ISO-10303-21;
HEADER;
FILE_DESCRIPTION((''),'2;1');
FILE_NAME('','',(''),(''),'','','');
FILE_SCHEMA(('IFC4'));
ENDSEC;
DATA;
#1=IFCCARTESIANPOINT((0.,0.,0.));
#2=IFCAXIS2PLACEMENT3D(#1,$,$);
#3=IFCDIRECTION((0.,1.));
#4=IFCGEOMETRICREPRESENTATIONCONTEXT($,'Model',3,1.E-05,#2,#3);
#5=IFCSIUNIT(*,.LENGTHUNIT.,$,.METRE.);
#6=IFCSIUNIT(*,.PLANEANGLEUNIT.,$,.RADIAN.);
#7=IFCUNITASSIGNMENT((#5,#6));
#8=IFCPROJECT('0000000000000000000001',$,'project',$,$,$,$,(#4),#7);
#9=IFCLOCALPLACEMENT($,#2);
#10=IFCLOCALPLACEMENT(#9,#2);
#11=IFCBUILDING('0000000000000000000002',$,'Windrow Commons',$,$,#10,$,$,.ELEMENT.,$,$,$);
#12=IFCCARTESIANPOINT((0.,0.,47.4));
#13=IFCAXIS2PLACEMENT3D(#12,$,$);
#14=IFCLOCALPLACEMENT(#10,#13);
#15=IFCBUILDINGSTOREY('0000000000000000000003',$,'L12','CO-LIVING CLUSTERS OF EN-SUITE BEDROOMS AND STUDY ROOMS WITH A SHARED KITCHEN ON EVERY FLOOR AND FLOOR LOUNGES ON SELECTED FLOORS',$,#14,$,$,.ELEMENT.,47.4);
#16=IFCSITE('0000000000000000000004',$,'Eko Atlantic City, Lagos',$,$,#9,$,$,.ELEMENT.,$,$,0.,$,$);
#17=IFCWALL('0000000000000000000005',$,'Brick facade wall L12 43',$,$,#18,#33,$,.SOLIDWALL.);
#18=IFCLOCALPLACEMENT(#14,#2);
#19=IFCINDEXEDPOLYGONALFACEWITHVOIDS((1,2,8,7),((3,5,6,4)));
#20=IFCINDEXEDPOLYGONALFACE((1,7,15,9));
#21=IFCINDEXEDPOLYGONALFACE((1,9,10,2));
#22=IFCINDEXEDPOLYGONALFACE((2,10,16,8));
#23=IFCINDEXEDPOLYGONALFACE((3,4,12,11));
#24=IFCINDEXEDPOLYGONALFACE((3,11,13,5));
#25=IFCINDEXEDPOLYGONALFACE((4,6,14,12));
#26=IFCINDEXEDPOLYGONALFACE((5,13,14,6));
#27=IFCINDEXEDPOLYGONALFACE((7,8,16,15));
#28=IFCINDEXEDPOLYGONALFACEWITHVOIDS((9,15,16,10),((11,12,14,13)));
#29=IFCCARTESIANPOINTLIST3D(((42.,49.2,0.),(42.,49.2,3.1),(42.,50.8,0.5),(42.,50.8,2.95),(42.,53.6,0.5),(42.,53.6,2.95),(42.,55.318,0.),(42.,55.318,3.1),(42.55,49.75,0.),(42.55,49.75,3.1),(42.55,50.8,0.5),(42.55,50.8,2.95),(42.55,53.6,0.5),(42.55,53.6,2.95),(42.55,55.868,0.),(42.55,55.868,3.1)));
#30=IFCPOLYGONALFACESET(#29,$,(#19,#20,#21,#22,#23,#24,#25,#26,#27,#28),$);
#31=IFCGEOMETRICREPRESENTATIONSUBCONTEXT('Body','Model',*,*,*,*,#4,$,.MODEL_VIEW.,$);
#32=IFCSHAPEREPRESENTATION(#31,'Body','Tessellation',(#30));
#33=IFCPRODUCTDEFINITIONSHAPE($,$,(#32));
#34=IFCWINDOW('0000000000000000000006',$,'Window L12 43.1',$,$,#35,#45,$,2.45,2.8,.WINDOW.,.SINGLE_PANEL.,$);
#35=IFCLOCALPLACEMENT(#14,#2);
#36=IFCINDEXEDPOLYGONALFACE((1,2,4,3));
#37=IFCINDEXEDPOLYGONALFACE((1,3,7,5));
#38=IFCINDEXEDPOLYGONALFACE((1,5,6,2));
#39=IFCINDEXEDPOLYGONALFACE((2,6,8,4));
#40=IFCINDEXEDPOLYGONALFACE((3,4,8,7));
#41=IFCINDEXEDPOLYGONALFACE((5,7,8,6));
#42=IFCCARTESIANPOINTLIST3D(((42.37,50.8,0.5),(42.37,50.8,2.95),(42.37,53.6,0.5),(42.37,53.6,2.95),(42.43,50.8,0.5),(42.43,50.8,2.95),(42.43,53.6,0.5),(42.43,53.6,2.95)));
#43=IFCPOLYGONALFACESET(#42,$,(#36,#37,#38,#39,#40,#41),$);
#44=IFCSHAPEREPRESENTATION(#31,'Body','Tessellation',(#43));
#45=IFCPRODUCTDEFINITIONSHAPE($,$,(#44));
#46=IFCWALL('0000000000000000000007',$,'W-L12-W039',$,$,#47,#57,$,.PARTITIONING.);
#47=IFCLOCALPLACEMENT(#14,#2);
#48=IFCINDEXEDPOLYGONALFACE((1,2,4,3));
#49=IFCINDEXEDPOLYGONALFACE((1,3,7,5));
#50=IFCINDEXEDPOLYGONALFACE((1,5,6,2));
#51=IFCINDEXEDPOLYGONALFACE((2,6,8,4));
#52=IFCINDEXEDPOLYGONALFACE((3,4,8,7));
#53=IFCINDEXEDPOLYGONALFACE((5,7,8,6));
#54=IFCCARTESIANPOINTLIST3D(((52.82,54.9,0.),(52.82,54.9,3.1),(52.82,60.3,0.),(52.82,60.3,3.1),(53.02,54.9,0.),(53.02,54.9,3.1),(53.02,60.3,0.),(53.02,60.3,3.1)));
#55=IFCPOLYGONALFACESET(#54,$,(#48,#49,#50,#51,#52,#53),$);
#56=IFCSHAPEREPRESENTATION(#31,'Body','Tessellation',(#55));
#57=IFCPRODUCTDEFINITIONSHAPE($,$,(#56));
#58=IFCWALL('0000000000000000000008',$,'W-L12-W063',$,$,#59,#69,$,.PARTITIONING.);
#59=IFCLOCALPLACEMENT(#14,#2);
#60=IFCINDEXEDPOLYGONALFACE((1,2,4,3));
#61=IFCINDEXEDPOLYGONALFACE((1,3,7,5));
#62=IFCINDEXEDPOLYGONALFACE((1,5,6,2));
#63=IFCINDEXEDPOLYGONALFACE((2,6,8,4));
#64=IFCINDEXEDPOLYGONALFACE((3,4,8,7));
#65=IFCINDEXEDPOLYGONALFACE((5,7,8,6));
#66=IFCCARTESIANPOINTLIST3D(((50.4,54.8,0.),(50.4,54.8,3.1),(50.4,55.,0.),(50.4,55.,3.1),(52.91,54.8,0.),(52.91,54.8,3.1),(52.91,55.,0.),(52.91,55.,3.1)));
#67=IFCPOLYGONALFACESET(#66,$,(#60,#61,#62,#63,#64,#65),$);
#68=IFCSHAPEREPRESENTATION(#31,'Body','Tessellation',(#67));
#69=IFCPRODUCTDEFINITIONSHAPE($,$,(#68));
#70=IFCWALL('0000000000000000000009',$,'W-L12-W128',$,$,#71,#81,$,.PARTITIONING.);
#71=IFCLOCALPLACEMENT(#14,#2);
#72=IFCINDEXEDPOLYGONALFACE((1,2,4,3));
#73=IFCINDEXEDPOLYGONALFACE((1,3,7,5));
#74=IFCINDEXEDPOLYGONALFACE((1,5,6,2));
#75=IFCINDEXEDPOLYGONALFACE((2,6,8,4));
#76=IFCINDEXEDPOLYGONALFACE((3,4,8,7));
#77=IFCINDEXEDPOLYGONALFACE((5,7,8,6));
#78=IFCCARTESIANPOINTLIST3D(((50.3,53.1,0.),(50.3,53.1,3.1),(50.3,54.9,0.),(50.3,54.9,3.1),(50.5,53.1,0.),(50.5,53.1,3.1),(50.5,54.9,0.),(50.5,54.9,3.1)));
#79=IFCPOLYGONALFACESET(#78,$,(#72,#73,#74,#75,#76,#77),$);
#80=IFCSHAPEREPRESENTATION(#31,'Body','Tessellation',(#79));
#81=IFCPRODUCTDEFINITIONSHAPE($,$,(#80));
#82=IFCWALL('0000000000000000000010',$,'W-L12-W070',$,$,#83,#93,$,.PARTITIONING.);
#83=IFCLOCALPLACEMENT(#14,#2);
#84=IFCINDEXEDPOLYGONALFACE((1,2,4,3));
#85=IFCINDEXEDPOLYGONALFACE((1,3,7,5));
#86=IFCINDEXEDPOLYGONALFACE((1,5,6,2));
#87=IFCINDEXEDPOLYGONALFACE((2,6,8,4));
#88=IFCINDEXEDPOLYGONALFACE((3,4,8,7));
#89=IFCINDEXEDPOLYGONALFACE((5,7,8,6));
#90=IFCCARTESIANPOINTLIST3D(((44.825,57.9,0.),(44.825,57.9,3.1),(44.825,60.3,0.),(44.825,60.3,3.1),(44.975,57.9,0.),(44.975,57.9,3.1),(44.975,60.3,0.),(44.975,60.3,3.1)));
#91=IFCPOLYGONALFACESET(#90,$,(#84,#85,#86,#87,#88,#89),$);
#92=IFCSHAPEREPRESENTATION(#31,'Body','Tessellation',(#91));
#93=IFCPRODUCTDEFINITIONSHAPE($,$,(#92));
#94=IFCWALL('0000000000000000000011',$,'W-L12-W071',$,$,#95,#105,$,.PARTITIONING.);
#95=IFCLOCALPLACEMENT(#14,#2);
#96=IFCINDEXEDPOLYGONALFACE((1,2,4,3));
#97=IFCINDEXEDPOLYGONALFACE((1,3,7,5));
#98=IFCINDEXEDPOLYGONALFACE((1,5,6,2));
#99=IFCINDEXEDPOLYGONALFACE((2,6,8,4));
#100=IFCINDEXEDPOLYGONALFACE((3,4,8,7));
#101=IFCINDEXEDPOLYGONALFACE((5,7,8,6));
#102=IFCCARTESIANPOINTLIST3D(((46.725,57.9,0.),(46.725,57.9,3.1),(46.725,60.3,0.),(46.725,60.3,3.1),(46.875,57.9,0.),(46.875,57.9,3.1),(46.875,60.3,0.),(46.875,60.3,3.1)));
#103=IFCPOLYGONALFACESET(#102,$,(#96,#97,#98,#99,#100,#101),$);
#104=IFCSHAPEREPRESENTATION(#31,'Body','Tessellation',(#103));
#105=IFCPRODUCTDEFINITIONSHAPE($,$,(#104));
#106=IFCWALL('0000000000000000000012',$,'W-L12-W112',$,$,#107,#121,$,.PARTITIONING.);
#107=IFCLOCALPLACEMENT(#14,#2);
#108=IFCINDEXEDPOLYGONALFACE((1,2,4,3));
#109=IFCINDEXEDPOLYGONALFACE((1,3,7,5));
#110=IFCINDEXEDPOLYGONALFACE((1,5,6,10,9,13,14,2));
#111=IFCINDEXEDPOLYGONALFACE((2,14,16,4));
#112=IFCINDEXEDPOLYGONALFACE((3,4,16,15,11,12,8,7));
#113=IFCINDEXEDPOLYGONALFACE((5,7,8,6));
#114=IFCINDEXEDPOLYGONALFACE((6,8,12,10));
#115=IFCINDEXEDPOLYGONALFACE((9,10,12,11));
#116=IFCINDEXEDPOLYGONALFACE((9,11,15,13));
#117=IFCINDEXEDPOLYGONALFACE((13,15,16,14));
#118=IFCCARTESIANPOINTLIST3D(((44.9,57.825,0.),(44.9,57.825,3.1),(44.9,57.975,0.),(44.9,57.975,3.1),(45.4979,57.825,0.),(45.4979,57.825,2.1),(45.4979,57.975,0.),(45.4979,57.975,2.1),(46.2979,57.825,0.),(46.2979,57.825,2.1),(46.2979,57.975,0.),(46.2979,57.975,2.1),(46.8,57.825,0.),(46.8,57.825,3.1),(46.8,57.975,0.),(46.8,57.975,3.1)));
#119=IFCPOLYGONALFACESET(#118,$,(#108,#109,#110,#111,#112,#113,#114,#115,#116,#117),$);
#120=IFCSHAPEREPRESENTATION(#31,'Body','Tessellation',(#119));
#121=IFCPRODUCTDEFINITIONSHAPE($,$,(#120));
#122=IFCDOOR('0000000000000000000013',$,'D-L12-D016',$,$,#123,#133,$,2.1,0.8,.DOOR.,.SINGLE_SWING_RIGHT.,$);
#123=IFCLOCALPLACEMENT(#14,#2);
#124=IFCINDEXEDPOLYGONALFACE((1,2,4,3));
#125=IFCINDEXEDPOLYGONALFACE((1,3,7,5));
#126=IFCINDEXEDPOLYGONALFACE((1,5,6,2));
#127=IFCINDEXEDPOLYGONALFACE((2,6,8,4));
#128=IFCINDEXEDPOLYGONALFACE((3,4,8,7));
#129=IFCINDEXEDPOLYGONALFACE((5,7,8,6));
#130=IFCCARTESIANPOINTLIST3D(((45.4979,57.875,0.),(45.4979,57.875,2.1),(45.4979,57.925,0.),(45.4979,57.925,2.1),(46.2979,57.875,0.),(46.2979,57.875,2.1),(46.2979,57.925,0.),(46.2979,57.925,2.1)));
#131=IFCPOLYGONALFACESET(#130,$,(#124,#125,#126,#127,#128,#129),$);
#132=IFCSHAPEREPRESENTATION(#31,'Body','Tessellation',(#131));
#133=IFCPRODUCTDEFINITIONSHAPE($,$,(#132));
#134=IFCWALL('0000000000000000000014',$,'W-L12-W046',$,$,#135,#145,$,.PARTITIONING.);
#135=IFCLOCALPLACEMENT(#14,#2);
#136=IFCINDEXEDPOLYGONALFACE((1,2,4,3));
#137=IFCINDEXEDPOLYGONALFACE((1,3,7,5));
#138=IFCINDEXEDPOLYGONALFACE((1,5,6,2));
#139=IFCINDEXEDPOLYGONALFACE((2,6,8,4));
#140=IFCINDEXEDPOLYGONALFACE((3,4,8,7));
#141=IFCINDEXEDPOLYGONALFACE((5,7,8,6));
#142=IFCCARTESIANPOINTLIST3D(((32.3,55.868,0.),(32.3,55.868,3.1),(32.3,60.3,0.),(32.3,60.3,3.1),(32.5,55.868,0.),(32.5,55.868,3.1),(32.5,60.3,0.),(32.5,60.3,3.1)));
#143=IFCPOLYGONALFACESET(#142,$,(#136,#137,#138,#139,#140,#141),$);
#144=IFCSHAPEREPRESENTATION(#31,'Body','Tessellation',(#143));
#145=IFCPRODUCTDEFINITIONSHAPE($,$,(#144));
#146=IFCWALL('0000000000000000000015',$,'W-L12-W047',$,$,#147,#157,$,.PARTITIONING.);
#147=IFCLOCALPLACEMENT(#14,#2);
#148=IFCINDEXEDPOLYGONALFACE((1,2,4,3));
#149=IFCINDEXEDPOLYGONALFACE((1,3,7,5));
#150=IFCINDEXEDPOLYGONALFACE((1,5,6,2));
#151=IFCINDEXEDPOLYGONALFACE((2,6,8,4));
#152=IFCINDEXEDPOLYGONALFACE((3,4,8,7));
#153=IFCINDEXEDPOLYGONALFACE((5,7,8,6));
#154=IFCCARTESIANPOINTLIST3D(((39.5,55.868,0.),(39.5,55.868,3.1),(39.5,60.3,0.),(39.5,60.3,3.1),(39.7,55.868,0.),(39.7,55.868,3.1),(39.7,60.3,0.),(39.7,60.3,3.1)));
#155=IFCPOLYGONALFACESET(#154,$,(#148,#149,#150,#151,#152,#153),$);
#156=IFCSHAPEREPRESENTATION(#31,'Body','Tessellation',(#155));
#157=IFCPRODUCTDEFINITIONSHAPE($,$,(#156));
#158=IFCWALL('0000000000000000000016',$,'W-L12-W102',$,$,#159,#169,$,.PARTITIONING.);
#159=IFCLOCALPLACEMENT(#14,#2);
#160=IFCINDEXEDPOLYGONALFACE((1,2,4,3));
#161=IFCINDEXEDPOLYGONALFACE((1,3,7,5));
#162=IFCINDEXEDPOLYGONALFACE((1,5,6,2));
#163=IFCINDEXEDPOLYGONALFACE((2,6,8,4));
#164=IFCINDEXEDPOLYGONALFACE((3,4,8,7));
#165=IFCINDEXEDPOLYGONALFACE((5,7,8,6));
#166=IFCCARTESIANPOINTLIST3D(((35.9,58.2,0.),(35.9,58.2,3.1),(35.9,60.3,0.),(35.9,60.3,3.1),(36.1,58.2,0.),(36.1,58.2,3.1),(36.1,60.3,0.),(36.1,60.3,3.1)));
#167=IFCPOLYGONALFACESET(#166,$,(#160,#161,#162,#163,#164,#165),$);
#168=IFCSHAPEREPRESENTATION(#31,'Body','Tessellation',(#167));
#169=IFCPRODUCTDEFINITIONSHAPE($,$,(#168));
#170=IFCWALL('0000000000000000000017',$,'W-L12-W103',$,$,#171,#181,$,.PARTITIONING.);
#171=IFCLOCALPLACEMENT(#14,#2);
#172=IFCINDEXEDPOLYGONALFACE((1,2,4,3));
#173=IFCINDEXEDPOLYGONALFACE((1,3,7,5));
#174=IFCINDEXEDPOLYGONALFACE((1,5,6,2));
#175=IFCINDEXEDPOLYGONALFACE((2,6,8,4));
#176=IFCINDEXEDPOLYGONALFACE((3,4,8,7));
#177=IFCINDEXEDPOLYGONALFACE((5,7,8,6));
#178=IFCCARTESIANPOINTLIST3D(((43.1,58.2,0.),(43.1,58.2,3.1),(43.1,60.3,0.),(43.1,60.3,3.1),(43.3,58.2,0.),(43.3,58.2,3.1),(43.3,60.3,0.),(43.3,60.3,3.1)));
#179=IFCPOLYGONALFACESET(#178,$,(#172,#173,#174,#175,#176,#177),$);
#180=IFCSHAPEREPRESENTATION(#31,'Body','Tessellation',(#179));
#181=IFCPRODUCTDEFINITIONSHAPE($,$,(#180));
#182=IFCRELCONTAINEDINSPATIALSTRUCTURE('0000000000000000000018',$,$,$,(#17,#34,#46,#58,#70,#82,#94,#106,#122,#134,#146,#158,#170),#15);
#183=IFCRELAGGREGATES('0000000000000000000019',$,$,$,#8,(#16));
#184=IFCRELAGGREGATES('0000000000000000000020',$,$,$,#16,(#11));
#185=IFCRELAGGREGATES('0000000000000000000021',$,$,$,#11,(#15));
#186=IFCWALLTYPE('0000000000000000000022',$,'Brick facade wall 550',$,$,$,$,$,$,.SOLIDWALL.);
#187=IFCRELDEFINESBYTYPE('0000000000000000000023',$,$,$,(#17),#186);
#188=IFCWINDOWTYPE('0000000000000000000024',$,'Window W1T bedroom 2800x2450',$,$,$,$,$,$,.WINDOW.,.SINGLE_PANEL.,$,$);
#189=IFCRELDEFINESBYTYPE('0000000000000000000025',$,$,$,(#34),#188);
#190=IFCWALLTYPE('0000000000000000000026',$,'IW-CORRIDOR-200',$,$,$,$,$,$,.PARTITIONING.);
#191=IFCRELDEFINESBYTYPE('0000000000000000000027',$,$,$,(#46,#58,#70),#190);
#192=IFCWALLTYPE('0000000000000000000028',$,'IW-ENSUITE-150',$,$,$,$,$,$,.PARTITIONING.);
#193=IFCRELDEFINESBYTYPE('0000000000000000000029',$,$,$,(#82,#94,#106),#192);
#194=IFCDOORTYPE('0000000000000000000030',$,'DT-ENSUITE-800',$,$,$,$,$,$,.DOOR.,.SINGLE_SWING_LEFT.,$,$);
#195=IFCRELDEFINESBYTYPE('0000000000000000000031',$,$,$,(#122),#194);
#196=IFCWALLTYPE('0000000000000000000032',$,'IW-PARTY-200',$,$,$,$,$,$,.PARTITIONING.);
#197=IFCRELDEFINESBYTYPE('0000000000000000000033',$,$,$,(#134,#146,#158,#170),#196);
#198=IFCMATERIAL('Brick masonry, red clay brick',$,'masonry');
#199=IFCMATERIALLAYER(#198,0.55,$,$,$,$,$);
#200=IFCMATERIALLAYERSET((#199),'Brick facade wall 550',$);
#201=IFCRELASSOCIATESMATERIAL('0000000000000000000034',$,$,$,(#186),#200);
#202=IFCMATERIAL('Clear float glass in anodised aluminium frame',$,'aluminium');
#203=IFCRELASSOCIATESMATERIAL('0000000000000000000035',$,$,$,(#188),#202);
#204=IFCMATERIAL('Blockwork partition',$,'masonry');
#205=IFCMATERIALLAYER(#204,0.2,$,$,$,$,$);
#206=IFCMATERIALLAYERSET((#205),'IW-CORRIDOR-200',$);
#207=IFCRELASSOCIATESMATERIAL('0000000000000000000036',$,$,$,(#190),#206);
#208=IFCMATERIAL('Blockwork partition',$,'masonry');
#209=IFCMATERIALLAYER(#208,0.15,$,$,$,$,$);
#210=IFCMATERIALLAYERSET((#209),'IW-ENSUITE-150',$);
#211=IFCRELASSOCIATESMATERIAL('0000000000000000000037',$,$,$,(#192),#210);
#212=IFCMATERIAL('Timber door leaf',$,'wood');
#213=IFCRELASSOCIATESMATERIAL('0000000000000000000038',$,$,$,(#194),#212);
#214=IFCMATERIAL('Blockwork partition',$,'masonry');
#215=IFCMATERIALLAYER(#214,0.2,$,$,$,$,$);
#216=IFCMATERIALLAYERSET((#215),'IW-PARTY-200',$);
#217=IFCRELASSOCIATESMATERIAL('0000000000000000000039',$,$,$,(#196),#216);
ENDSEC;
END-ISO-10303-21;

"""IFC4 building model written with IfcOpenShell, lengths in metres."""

from ifc_helpers import new_model, si_unit, direction, frame, frame_2d, origin, place, context, subcontext, project, spatial, polyline, rectangle, outline, extrude, material, layer, layer_set, type_object, element, fill, save


model = new_model("IFC4")

# Units and contexts
model_context = context("Model", 3, precision=1e-05, world=origin(), true_north=direction((0.0, 1.0)))
body_context = subcontext(model_context, "Body", "Model", "MODEL_VIEW")
ifc_project = project(units=[si_unit("LENGTHUNIT", "METRE"), si_unit("PLANEANGLEUNIT", "RADIAN")], contexts=[model_context])

# Site, building, storey
site_placement = place(None, origin())
site = spatial("IfcSite", under=ifc_project, at=site_placement, Name="Eko Atlantic City, Lagos", CompositionType="ELEMENT", RefElevation=0.0)
building_placement = place(site_placement, origin())
building = spatial("IfcBuilding", under=site, at=building_placement, Name="Windrow Commons", CompositionType="ELEMENT")
storey_placement = place(building_placement, frame((0.0, 0.0, 47.4)))
storey = spatial("IfcBuildingStorey", under=building, at=storey_placement, Name="L12", Description="CO-LIVING CLUSTERS OF EN-SUITE BEDROOMS AND STUDY ROOMS WITH A SHARED KITCHEN ON EVERY FLOOR AND FLOOR LOUNGES ON SELECTED FLOORS", CompositionType="ELEMENT", Elevation=47.4)

# Shared definitions
ifc_material_1 = material(Name="Brick masonry, red clay brick", Category="masonry")
ifc_layer_1 = layer(ifc_material_1, 0.55)
ifc_layer_set_1 = layer_set([ifc_layer_1], Name="Brick facade wall 550")
wall_type_1 = type_object("IfcWallType", Name="Brick facade wall 550", PredefinedType="SOLIDWALL", material=ifc_layer_set_1)
ifc_material_2 = material(Name="Clear float glass in anodised aluminium frame", Category="aluminium")
window_type_1 = type_object("IfcWindowType", Name="Window W1T bedroom 2800x2450", PartitioningType="SINGLE_PANEL", PredefinedType="WINDOW", material=ifc_material_2)

# Wall, opening, window
wall_1_placement = place(storey_placement, frame((42.275, 55.593, 0.0), z_axis=(0.0, 0.0, 1.0), x_axis=(0.0, -1.0, 0.0)))
wall_1 = element("IfcWall", 1, at=wall_1_placement, inside=storey, type_object=wall_type_1, Name="Brick facade wall L12 43", PredefinedType="SOLIDWALL", context=body_context, shape_type="SweptSolid", body=[
    extrude(outline(polyline([(0.275, -0.275), (6.393, -0.275), (5.843, 0.275), (-0.275, 0.275), (0.275, -0.275)])), origin(), (0.0, 0.0, 1.0), 3.1),
])
opening_1_placement = place(wall_1_placement, frame((1.993, 0.0, 0.5)))
opening_1 = element("IfcOpeningElement", 2, at=opening_1_placement, cuts=wall_1, PredefinedType="OPENING", context=body_context, shape_type="SweptSolid", body=[
    extrude(rectangle(XDim=2.8, YDim=2.45, at=frame_2d((1.4, 1.225))), frame((0.0, 0.285, 0.0), z_axis=(0.0, -1.0, 0.0), x_axis=(1.0, 0.0, 0.0)), (0.0, 0.0, 1.0), 0.57),
])
window_1_placement = place(opening_1_placement, origin())
window_1 = element("IfcWindow", 3, at=window_1_placement, inside=storey, type_object=window_type_1, Name="Window L12 43.1", OverallHeight=2.45, OverallWidth=2.8, PartitioningType="SINGLE_PANEL", PredefinedType="WINDOW", context=body_context, shape_type="SweptSolid", body=[
    extrude(rectangle(XDim=2.8, YDim=2.45, at=frame_2d((1.4, 1.225))), frame((0.0, 0.155, 0.0), z_axis=(0.0, -1.0, 0.0), x_axis=(1.0, 0.0, 0.0)), (0.0, 0.0, 1.0), 0.06),
])
fill(opening_1, window_1)

# Walls
ifc_material_3 = material(Name="Blockwork partition", Category="masonry")
ifc_layer_2 = layer(ifc_material_3, 0.2)
ifc_layer_set_2 = layer_set([ifc_layer_2], Name="IW-CORRIDOR-200")
wall_type_2 = type_object("IfcWallType", Name="IW-CORRIDOR-200", PredefinedType="PARTITIONING", material=ifc_layer_set_2)
wall_2_placement = place(storey_placement, frame((52.92, 54.9, 0.0), z_axis=(0.0, 0.0, 1.0), x_axis=(0.0, 1.0, 0.0)))
element("IfcWall", 4, at=wall_2_placement, inside=storey, type_object=wall_type_2, Name="W-L12-W039", PredefinedType="PARTITIONING", context=body_context, shape_type="SweptSolid", body=[
    extrude(rectangle(XDim=5.4, YDim=0.2, at=frame_2d((2.7, 0.0))), origin(), (0.0, 0.0, 1.0), 3.1),
])
wall_3_placement = place(storey_placement, frame((50.4, 54.9, 0.0), z_axis=(0.0, 0.0, 1.0), x_axis=(1.0, 0.0, 0.0)))
element("IfcWall", 5, at=wall_3_placement, inside=storey, type_object=wall_type_2, Name="W-L12-W063", PredefinedType="PARTITIONING", context=body_context, shape_type="SweptSolid", body=[
    extrude(rectangle(XDim=2.51, YDim=0.2, at=frame_2d((1.255, 0.0))), origin(), (0.0, 0.0, 1.0), 3.1),
])
wall_4_placement = place(storey_placement, frame((50.4, 53.1, 0.0), z_axis=(0.0, 0.0, 1.0), x_axis=(0.0, 1.0, 0.0)))
element("IfcWall", 6, at=wall_4_placement, inside=storey, type_object=wall_type_2, Name="W-L12-W128", PredefinedType="PARTITIONING", context=body_context, shape_type="SweptSolid", body=[
    extrude(rectangle(XDim=1.8, YDim=0.2, at=frame_2d((0.9, 0.0))), origin(), (0.0, 0.0, 1.0), 3.1),
])
ifc_material_4 = material(Name="Blockwork partition", Category="masonry")
ifc_layer_3 = layer(ifc_material_4, 0.15)
ifc_layer_set_3 = layer_set([ifc_layer_3], Name="IW-ENSUITE-150")
wall_type_3 = type_object("IfcWallType", Name="IW-ENSUITE-150", PredefinedType="PARTITIONING", material=ifc_layer_set_3)
for number, where, z_axis, x_axis, name in (
    (7, (44.9, 57.9, 0.0), (0.0, 0.0, 1.0), (0.0, 1.0, 0.0), "W-L12-W070"),
    (8, (46.8, 57.9, 0.0), (0.0, 0.0, 1.0), (0.0, 1.0, 0.0), "W-L12-W071"),
):
    element("IfcWall", number, at=place(storey_placement, frame(where, z_axis=z_axis, x_axis=x_axis)), inside=storey, type_object=wall_type_3, Name=name, PredefinedType="PARTITIONING", context=body_context, shape_type="SweptSolid", body=[
        extrude(rectangle(XDim=2.4, YDim=0.15, at=frame_2d((1.2, 0.0))), origin(), (0.0, 0.0, 1.0), 3.1),
    ])

# Wall, opening, door
wall_5_placement = place(storey_placement, frame((44.9, 57.9, 0.0), z_axis=(0.0, 0.0, 1.0), x_axis=(1.0, 0.0, 0.0)))
wall_5 = element("IfcWall", 9, at=wall_5_placement, inside=storey, type_object=wall_type_3, Name="W-L12-W112", PredefinedType="PARTITIONING", context=body_context, shape_type="SweptSolid", body=[
    extrude(rectangle(XDim=1.9, YDim=0.15, at=frame_2d((0.95, 0.0))), origin(), (0.0, 0.0, 1.0), 3.1),
])
opening_2_placement = place(wall_5_placement, frame((0.5979, 0.0, 0.0)))
opening_2 = element("IfcOpeningElement", 10, at=opening_2_placement, cuts=wall_5, PredefinedType="OPENING", context=body_context, shape_type="SweptSolid", body=[
    extrude(rectangle(XDim=0.8, YDim=2.1, at=frame_2d((0.4, 1.05))), frame((0.0, 0.085, 0.0), z_axis=(0.0, -1.0, 0.0), x_axis=(1.0, 0.0, 0.0)), (0.0, 0.0, 1.0), 0.17),
])
ifc_material_5 = material(Name="Timber door leaf", Category="wood")
door_type = type_object("IfcDoorType", Name="DT-ENSUITE-800", OperationType="SINGLE_SWING_LEFT", PredefinedType="DOOR", material=ifc_material_5)
door_placement = place(opening_2_placement, origin())
door = element("IfcDoor", 11, at=door_placement, inside=storey, type_object=door_type, Name="D-L12-D016", OperationType="SINGLE_SWING_RIGHT", OverallHeight=2.1, OverallWidth=0.8, PredefinedType="DOOR", context=body_context, shape_type="SweptSolid", body=[
    extrude(rectangle(XDim=0.8, YDim=2.1, at=frame_2d((0.4, 1.05))), frame((0.0, 0.025, 0.0), z_axis=(0.0, -1.0, 0.0), x_axis=(1.0, 0.0, 0.0)), (0.0, 0.0, 1.0), 0.05),
])
fill(opening_2, door)

# Walls
ifc_material_6 = material(Name="Blockwork partition", Category="masonry")
ifc_layer_4 = layer(ifc_material_6, 0.2)
ifc_layer_set_4 = layer_set([ifc_layer_4], Name="IW-PARTY-200")
wall_type_4 = type_object("IfcWallType", Name="IW-PARTY-200", PredefinedType="PARTITIONING", material=ifc_layer_set_4)
for number, where, z_axis, x_axis, name in (
    (12, (32.4, 55.868, 0.0), (0.0, 0.0, 1.0), (0.0, 1.0, 0.0), "W-L12-W046"),
    (13, (39.6, 55.868, 0.0), (0.0, 0.0, 1.0), (0.0, 1.0, 0.0), "W-L12-W047"),
):
    element("IfcWall", number, at=place(storey_placement, frame(where, z_axis=z_axis, x_axis=x_axis)), inside=storey, type_object=wall_type_4, Name=name, PredefinedType="PARTITIONING", context=body_context, shape_type="SweptSolid", body=[
        extrude(rectangle(XDim=4.432, YDim=0.2, at=frame_2d((2.216, 0.0))), origin(), (0.0, 0.0, 1.0), 3.1),
    ])
for number, where, z_axis, x_axis, name in (
    (14, (36.0, 58.2, 0.0), (0.0, 0.0, 1.0), (0.0, 1.0, 0.0), "W-L12-W102"),
    (15, (43.2, 58.2, 0.0), (0.0, 0.0, 1.0), (0.0, 1.0, 0.0), "W-L12-W103"),
):
    element("IfcWall", number, at=place(storey_placement, frame(where, z_axis=z_axis, x_axis=x_axis)), inside=storey, type_object=wall_type_4, Name=name, PredefinedType="PARTITIONING", context=body_context, shape_type="SweptSolid", body=[
        extrude(rectangle(XDim=2.1, YDim=0.2, at=frame_2d((1.05, 0.0))), origin(), (0.0, 0.0, 1.0), 3.1),
    ])

save(model, "model.ifc")
